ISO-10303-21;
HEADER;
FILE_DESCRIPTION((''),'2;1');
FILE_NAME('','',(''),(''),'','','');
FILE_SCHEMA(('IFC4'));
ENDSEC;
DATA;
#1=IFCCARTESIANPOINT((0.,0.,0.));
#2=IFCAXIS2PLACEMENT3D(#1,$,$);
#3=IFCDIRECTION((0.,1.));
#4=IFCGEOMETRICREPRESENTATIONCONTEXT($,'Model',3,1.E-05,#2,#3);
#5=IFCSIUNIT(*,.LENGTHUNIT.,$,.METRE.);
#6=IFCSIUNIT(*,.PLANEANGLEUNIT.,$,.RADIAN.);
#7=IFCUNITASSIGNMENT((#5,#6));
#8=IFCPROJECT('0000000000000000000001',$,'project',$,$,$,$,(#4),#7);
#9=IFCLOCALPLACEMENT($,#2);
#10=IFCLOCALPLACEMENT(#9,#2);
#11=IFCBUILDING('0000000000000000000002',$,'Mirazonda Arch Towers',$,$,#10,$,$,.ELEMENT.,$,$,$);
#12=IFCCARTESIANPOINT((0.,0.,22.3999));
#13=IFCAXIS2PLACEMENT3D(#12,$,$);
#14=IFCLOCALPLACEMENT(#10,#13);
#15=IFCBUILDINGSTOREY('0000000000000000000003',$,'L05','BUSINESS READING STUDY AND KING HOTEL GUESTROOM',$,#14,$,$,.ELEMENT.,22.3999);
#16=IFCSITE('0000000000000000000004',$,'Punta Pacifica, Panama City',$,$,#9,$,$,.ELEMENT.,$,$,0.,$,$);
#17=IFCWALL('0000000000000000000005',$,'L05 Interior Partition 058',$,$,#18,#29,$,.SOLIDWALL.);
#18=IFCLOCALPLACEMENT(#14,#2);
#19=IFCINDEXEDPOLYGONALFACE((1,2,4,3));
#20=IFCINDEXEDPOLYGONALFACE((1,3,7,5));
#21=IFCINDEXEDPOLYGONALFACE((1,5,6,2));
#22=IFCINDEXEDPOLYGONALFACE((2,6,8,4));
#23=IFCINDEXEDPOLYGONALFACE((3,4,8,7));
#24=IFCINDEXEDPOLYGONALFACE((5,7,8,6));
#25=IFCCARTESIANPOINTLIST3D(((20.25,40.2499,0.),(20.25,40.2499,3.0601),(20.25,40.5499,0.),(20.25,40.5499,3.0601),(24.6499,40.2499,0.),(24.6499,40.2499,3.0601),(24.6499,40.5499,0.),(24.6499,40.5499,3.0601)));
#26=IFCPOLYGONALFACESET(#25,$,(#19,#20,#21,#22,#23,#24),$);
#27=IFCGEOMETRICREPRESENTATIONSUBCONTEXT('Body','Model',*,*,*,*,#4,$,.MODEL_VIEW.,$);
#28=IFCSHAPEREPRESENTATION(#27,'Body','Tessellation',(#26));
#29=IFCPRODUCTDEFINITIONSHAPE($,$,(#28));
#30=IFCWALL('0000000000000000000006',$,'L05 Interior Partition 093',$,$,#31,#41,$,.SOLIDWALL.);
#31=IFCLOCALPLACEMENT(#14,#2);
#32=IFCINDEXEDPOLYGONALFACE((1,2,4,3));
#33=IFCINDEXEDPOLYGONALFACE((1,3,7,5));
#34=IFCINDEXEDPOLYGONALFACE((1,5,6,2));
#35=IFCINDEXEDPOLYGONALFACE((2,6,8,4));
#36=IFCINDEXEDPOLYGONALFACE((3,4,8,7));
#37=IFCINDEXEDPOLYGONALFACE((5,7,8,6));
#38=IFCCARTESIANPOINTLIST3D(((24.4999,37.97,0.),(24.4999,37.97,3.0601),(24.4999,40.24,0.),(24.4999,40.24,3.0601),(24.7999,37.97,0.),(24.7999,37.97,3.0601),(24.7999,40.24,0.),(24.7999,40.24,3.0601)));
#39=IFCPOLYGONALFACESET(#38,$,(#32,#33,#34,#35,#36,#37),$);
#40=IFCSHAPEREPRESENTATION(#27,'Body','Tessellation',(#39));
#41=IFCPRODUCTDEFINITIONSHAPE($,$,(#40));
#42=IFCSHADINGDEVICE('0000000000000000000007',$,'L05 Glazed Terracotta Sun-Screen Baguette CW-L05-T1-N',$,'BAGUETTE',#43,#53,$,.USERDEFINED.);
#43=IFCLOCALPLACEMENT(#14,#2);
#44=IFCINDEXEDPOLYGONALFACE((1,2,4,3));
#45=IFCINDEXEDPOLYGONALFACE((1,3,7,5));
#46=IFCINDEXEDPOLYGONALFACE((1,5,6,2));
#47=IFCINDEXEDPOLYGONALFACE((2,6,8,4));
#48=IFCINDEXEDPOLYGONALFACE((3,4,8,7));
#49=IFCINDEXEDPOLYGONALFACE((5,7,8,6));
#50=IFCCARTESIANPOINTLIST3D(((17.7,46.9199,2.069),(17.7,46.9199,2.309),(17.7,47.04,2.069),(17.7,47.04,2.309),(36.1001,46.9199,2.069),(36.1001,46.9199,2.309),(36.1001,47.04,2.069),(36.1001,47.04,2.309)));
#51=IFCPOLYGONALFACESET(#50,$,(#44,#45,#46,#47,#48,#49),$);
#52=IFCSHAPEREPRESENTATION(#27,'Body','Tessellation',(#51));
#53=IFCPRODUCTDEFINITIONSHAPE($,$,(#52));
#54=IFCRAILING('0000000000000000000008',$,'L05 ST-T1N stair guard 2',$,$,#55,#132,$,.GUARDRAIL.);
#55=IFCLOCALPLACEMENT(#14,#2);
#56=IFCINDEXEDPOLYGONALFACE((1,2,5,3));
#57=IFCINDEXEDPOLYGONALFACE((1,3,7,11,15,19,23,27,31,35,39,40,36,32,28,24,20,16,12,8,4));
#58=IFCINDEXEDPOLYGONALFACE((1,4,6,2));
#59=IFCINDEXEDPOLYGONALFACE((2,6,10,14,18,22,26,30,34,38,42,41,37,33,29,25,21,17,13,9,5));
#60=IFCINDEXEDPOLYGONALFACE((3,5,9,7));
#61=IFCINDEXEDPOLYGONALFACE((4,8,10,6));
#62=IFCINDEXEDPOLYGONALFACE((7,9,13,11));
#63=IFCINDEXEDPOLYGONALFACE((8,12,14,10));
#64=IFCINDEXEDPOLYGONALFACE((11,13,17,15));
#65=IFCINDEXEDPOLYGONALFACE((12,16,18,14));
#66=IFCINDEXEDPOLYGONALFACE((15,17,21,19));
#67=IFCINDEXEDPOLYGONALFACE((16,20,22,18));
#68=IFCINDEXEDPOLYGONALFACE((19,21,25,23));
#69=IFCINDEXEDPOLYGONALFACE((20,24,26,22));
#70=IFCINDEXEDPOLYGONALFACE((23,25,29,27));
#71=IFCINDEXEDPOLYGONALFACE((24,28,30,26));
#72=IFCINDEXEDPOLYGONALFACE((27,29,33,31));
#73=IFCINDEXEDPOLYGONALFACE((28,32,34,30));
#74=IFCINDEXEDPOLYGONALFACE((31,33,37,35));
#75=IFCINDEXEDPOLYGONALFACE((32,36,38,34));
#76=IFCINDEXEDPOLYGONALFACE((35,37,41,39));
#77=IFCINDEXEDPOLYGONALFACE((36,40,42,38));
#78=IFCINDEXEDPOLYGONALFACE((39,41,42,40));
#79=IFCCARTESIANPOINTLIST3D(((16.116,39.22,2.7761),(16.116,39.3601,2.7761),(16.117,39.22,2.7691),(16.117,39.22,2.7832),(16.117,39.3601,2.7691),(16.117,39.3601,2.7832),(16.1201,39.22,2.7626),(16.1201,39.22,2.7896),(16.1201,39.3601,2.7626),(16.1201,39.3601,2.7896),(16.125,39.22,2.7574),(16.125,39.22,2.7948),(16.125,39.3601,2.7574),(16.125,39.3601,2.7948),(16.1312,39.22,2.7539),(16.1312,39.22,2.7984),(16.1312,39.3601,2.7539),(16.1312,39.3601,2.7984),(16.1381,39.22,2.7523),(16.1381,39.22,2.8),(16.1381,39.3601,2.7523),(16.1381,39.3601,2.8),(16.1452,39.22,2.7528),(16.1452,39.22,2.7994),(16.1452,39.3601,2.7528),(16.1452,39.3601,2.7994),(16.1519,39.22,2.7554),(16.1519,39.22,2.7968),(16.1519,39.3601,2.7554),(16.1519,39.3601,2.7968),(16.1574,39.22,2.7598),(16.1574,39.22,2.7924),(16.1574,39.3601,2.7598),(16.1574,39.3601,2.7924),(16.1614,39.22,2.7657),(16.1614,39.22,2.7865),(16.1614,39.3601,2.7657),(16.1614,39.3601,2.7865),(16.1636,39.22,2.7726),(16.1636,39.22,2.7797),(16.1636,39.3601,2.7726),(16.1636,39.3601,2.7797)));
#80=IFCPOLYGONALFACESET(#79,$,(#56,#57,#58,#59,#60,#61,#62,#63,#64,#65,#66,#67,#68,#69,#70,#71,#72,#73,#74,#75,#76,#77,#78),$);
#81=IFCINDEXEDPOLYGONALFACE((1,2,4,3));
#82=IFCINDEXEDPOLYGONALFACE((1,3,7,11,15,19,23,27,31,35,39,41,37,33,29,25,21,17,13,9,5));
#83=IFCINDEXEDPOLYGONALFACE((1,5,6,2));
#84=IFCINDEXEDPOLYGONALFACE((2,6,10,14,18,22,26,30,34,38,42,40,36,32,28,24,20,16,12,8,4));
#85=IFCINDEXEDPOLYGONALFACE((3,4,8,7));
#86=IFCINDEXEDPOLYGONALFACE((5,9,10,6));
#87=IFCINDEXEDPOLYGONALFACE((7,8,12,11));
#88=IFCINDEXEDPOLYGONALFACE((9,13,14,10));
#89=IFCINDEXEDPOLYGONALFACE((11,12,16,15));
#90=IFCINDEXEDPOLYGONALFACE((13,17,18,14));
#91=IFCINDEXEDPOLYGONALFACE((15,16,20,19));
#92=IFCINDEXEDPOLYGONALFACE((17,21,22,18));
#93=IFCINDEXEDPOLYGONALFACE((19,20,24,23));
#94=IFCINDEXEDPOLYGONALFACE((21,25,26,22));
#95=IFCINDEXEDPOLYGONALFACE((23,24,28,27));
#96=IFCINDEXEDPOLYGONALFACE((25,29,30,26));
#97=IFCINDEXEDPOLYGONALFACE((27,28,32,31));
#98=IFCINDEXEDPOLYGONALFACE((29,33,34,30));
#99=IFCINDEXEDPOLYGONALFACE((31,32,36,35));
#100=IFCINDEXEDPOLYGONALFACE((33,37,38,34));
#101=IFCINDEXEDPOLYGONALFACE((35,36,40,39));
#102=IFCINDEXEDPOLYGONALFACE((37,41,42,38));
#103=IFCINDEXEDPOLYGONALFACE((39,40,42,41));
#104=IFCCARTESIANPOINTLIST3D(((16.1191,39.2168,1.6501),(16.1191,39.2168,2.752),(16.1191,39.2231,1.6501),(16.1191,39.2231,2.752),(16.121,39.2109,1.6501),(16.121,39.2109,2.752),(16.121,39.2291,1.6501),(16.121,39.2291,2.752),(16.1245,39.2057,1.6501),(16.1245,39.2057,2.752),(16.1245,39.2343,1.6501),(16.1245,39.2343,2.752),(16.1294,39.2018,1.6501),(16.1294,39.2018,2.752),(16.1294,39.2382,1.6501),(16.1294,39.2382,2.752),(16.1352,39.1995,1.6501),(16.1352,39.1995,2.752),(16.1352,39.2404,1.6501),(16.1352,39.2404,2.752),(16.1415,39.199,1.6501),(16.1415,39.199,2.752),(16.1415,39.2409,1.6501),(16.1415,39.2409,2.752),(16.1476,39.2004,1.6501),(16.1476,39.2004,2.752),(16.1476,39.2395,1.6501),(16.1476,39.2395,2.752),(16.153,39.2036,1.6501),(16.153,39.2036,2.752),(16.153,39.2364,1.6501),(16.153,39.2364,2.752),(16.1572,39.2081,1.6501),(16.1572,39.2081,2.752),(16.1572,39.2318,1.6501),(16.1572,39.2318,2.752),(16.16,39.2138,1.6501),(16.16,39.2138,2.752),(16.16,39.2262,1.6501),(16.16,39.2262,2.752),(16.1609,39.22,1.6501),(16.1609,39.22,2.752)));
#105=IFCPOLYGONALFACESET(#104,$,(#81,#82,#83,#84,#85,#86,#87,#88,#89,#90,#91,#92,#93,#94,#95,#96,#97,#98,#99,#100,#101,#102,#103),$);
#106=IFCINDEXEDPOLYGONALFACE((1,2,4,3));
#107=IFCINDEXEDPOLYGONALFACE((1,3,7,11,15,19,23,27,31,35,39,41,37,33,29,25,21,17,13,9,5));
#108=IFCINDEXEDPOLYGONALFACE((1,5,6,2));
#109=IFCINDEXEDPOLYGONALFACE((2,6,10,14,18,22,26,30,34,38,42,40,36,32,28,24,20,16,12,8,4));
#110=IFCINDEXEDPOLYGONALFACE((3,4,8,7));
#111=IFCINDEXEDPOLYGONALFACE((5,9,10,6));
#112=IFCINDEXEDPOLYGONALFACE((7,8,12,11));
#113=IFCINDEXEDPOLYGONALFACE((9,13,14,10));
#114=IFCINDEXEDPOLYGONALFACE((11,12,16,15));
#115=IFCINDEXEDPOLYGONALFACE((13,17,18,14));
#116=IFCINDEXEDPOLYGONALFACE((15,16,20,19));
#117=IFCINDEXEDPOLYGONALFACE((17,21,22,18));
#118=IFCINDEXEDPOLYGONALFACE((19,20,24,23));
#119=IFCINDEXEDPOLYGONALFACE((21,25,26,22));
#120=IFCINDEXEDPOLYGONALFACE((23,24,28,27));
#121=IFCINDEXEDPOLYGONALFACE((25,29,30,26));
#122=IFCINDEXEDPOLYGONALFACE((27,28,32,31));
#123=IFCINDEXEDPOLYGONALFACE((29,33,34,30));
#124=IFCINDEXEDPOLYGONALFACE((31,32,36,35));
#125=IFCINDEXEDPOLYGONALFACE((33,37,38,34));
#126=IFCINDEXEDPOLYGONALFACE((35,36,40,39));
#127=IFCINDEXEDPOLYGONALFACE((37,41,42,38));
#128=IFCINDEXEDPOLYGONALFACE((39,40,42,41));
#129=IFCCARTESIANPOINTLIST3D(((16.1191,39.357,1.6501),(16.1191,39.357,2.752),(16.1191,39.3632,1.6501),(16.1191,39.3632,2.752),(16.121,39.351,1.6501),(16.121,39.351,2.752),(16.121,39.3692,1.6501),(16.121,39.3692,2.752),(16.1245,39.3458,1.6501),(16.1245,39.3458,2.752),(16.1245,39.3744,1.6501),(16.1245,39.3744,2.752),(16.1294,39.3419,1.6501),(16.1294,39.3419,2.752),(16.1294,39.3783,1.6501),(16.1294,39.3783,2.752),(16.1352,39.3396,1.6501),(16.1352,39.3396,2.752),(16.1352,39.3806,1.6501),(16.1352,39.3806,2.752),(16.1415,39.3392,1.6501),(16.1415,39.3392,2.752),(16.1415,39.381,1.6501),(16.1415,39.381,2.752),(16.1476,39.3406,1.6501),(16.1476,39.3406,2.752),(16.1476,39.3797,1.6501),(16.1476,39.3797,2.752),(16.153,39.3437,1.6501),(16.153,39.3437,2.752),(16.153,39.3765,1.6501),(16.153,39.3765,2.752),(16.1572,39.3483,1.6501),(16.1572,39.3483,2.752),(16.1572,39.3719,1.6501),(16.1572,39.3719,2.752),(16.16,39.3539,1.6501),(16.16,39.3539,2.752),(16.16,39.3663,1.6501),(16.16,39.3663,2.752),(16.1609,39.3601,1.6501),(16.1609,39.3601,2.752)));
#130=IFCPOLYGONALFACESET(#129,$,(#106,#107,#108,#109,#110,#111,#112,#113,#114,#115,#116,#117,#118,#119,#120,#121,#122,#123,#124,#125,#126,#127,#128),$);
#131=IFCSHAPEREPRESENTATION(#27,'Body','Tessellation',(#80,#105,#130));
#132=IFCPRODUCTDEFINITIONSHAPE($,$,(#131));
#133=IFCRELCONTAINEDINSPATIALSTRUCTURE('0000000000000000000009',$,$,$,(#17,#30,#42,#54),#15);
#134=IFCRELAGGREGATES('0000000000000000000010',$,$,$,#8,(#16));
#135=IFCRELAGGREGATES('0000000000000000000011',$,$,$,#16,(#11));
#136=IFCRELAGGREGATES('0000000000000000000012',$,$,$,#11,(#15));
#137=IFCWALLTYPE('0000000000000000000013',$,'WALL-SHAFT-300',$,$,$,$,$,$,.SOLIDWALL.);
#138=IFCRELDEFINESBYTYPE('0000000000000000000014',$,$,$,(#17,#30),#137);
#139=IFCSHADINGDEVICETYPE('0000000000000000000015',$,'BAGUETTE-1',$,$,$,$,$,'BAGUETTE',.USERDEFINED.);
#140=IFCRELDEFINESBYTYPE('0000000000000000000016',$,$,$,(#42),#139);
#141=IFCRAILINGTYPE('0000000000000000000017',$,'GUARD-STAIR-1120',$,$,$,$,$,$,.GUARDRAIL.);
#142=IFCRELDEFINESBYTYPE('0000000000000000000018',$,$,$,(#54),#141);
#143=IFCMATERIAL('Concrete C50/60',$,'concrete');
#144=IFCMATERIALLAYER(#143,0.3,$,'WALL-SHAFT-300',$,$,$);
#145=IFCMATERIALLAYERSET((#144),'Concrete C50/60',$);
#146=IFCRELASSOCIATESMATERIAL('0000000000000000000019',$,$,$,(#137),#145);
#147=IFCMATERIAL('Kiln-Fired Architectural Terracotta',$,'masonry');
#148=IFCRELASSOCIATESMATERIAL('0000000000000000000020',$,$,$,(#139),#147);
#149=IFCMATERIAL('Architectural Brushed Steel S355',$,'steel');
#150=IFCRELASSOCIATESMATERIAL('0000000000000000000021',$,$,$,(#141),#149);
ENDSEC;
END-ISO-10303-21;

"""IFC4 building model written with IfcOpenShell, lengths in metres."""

from ifc_helpers import new_model, si_unit, direction, frame, frame_2d, origin, origin_2d, place, context, subcontext, project, spatial, rectangle, circle, extrude, material, layer, layer_set, material_profile, profile_set, type_object, element, save


model = new_model("IFC4")

# Units and contexts
model_context = context("Model", 3, precision=1e-05, world=origin(), true_north=direction((0.0, 1.0)))
body_context = subcontext(model_context, "Body", "Model", "MODEL_VIEW")
ifc_project = project(units=[si_unit("LENGTHUNIT", "METRE"), si_unit("PLANEANGLEUNIT", "RADIAN")], contexts=[model_context])

# Site, building, storey
site_placement = place(None, origin())
site = spatial("IfcSite", under=ifc_project, at=site_placement, Name="Punta Pacifica, Panama City", CompositionType="ELEMENT", RefElevation=0.0)
building_placement = place(site_placement, origin())
building = spatial("IfcBuilding", under=site, at=building_placement, Name="Mirazonda Arch Towers", CompositionType="ELEMENT")
storey_placement = place(building_placement, frame((0.0, 0.0, 22.3999)))
storey = spatial("IfcBuildingStorey", under=building, at=storey_placement, Name="L05", Description="BUSINESS READING STUDY AND KING HOTEL GUESTROOM", CompositionType="ELEMENT", Elevation=22.3999)

# Walls
ifc_material_1 = material(Name="Concrete C50/60", Category="concrete")
ifc_layer_1 = layer(ifc_material_1, 0.3, Name="WALL-SHAFT-300")
ifc_layer_set_1 = layer_set([ifc_layer_1], Name="Concrete C50/60")
wall_type_1 = type_object("IfcWallType", Name="WALL-SHAFT-300", PredefinedType="SOLIDWALL", material=ifc_layer_set_1)
wall_1_placement = place(storey_placement, frame((20.25, 40.3999, 0.0), z_axis=(0.0, 0.0, 1.0), x_axis=(1.0, 0.0, 0.0)))
element("IfcWall", 1, at=wall_1_placement, inside=storey, type_object=wall_type_1, Name="L05 Interior Partition 058", PredefinedType="SOLIDWALL", context=body_context, shape_type="SweptSolid", body=[
    extrude(rectangle(XDim=4.3999, YDim=0.3, at=frame_2d((2.2, 0.0))), origin(), (0.0, 0.0, 1.0), 3.0601),
])
wall_2_placement = place(storey_placement, frame((24.6499, 37.97, 0.0), z_axis=(0.0, 0.0, 1.0), x_axis=(0.0, 1.0, 0.0)))
element("IfcWall", 2, at=wall_2_placement, inside=storey, type_object=wall_type_1, Name="L05 Interior Partition 093", PredefinedType="SOLIDWALL", context=body_context, shape_type="SweptSolid", body=[
    extrude(rectangle(XDim=2.27, YDim=0.3, at=frame_2d((1.135, 0.0))), origin(), (0.0, 0.0, 1.0), 3.0601),
])

# Shading device
ifc_material_2 = material(Name="Kiln-Fired Architectural Terracotta", Category="masonry")
ifc_material_profile_1 = material_profile(ifc_material_2, rectangle(XDim=0.1201, YDim=0.24, at=origin_2d()), Name="TERRA-BAG-120x240")
ifc_profile_set_1 = profile_set([ifc_material_profile_1], Name="Kiln-Fired Architectural Terracotta")
shading_device_type = type_object("IfcShadingDeviceType", Name="BAGUETTE-1", ElementType="BAGUETTE", PredefinedType="USERDEFINED", material=ifc_profile_set_1)
shading_device_placement = place(storey_placement, frame((17.7, 46.98, 2.189), z_axis=(1.0, 0.0, 0.0), x_axis=(0.0, 1.0, 0.0)))
element("IfcShadingDevice", 3, at=shading_device_placement, inside=storey, type_object=shading_device_type, Name="L05 Glazed Terracotta Sun-Screen Baguette CW-L05-T1-N", ObjectType="BAGUETTE", PredefinedType="USERDEFINED", context=body_context, shape_type="SweptSolid", body=[
    extrude(rectangle(XDim=0.1201, YDim=0.24, at=origin_2d()), origin(), (0.0, 0.0, 1.0), 18.4001),
])

# Railing
ifc_material_3 = material(Name="Architectural Brushed Steel S355", Category="steel")
railing_type_1 = type_object("IfcRailingType", Name="GUARD-STAIR-1120", PredefinedType="GUARDRAIL", material=ifc_material_3)
railing_1_placement = place(storey_placement, frame((16.1399, 39.22, 1.6501)))
element("IfcRailing", 4, at=railing_1_placement, inside=storey, type_object=railing_type_1, Name="L05 ST-T1N stair guard 2", PredefinedType="GUARDRAIL", context=body_context, shape_type="SweptSolid", body=[
    extrude(circle(Radius=0.0239, at=origin_2d()), frame((0.0, 0.0, 1.126), z_axis=(0.0, 1.0, 0.0), x_axis=(-1.0, 0.0, 0.0)), (0.0, 0.0, 1.0), 0.1401),
    extrude(circle(Radius=0.021, at=origin_2d()), origin(), (0.0, 0.0, 1.0), 1.1018),
    extrude(circle(Radius=0.021, at=origin_2d()), frame((0.0, 0.1401, 0.0)), (0.0, 0.0, 1.0), 1.1018),
])

save(model, "model.ifc")
